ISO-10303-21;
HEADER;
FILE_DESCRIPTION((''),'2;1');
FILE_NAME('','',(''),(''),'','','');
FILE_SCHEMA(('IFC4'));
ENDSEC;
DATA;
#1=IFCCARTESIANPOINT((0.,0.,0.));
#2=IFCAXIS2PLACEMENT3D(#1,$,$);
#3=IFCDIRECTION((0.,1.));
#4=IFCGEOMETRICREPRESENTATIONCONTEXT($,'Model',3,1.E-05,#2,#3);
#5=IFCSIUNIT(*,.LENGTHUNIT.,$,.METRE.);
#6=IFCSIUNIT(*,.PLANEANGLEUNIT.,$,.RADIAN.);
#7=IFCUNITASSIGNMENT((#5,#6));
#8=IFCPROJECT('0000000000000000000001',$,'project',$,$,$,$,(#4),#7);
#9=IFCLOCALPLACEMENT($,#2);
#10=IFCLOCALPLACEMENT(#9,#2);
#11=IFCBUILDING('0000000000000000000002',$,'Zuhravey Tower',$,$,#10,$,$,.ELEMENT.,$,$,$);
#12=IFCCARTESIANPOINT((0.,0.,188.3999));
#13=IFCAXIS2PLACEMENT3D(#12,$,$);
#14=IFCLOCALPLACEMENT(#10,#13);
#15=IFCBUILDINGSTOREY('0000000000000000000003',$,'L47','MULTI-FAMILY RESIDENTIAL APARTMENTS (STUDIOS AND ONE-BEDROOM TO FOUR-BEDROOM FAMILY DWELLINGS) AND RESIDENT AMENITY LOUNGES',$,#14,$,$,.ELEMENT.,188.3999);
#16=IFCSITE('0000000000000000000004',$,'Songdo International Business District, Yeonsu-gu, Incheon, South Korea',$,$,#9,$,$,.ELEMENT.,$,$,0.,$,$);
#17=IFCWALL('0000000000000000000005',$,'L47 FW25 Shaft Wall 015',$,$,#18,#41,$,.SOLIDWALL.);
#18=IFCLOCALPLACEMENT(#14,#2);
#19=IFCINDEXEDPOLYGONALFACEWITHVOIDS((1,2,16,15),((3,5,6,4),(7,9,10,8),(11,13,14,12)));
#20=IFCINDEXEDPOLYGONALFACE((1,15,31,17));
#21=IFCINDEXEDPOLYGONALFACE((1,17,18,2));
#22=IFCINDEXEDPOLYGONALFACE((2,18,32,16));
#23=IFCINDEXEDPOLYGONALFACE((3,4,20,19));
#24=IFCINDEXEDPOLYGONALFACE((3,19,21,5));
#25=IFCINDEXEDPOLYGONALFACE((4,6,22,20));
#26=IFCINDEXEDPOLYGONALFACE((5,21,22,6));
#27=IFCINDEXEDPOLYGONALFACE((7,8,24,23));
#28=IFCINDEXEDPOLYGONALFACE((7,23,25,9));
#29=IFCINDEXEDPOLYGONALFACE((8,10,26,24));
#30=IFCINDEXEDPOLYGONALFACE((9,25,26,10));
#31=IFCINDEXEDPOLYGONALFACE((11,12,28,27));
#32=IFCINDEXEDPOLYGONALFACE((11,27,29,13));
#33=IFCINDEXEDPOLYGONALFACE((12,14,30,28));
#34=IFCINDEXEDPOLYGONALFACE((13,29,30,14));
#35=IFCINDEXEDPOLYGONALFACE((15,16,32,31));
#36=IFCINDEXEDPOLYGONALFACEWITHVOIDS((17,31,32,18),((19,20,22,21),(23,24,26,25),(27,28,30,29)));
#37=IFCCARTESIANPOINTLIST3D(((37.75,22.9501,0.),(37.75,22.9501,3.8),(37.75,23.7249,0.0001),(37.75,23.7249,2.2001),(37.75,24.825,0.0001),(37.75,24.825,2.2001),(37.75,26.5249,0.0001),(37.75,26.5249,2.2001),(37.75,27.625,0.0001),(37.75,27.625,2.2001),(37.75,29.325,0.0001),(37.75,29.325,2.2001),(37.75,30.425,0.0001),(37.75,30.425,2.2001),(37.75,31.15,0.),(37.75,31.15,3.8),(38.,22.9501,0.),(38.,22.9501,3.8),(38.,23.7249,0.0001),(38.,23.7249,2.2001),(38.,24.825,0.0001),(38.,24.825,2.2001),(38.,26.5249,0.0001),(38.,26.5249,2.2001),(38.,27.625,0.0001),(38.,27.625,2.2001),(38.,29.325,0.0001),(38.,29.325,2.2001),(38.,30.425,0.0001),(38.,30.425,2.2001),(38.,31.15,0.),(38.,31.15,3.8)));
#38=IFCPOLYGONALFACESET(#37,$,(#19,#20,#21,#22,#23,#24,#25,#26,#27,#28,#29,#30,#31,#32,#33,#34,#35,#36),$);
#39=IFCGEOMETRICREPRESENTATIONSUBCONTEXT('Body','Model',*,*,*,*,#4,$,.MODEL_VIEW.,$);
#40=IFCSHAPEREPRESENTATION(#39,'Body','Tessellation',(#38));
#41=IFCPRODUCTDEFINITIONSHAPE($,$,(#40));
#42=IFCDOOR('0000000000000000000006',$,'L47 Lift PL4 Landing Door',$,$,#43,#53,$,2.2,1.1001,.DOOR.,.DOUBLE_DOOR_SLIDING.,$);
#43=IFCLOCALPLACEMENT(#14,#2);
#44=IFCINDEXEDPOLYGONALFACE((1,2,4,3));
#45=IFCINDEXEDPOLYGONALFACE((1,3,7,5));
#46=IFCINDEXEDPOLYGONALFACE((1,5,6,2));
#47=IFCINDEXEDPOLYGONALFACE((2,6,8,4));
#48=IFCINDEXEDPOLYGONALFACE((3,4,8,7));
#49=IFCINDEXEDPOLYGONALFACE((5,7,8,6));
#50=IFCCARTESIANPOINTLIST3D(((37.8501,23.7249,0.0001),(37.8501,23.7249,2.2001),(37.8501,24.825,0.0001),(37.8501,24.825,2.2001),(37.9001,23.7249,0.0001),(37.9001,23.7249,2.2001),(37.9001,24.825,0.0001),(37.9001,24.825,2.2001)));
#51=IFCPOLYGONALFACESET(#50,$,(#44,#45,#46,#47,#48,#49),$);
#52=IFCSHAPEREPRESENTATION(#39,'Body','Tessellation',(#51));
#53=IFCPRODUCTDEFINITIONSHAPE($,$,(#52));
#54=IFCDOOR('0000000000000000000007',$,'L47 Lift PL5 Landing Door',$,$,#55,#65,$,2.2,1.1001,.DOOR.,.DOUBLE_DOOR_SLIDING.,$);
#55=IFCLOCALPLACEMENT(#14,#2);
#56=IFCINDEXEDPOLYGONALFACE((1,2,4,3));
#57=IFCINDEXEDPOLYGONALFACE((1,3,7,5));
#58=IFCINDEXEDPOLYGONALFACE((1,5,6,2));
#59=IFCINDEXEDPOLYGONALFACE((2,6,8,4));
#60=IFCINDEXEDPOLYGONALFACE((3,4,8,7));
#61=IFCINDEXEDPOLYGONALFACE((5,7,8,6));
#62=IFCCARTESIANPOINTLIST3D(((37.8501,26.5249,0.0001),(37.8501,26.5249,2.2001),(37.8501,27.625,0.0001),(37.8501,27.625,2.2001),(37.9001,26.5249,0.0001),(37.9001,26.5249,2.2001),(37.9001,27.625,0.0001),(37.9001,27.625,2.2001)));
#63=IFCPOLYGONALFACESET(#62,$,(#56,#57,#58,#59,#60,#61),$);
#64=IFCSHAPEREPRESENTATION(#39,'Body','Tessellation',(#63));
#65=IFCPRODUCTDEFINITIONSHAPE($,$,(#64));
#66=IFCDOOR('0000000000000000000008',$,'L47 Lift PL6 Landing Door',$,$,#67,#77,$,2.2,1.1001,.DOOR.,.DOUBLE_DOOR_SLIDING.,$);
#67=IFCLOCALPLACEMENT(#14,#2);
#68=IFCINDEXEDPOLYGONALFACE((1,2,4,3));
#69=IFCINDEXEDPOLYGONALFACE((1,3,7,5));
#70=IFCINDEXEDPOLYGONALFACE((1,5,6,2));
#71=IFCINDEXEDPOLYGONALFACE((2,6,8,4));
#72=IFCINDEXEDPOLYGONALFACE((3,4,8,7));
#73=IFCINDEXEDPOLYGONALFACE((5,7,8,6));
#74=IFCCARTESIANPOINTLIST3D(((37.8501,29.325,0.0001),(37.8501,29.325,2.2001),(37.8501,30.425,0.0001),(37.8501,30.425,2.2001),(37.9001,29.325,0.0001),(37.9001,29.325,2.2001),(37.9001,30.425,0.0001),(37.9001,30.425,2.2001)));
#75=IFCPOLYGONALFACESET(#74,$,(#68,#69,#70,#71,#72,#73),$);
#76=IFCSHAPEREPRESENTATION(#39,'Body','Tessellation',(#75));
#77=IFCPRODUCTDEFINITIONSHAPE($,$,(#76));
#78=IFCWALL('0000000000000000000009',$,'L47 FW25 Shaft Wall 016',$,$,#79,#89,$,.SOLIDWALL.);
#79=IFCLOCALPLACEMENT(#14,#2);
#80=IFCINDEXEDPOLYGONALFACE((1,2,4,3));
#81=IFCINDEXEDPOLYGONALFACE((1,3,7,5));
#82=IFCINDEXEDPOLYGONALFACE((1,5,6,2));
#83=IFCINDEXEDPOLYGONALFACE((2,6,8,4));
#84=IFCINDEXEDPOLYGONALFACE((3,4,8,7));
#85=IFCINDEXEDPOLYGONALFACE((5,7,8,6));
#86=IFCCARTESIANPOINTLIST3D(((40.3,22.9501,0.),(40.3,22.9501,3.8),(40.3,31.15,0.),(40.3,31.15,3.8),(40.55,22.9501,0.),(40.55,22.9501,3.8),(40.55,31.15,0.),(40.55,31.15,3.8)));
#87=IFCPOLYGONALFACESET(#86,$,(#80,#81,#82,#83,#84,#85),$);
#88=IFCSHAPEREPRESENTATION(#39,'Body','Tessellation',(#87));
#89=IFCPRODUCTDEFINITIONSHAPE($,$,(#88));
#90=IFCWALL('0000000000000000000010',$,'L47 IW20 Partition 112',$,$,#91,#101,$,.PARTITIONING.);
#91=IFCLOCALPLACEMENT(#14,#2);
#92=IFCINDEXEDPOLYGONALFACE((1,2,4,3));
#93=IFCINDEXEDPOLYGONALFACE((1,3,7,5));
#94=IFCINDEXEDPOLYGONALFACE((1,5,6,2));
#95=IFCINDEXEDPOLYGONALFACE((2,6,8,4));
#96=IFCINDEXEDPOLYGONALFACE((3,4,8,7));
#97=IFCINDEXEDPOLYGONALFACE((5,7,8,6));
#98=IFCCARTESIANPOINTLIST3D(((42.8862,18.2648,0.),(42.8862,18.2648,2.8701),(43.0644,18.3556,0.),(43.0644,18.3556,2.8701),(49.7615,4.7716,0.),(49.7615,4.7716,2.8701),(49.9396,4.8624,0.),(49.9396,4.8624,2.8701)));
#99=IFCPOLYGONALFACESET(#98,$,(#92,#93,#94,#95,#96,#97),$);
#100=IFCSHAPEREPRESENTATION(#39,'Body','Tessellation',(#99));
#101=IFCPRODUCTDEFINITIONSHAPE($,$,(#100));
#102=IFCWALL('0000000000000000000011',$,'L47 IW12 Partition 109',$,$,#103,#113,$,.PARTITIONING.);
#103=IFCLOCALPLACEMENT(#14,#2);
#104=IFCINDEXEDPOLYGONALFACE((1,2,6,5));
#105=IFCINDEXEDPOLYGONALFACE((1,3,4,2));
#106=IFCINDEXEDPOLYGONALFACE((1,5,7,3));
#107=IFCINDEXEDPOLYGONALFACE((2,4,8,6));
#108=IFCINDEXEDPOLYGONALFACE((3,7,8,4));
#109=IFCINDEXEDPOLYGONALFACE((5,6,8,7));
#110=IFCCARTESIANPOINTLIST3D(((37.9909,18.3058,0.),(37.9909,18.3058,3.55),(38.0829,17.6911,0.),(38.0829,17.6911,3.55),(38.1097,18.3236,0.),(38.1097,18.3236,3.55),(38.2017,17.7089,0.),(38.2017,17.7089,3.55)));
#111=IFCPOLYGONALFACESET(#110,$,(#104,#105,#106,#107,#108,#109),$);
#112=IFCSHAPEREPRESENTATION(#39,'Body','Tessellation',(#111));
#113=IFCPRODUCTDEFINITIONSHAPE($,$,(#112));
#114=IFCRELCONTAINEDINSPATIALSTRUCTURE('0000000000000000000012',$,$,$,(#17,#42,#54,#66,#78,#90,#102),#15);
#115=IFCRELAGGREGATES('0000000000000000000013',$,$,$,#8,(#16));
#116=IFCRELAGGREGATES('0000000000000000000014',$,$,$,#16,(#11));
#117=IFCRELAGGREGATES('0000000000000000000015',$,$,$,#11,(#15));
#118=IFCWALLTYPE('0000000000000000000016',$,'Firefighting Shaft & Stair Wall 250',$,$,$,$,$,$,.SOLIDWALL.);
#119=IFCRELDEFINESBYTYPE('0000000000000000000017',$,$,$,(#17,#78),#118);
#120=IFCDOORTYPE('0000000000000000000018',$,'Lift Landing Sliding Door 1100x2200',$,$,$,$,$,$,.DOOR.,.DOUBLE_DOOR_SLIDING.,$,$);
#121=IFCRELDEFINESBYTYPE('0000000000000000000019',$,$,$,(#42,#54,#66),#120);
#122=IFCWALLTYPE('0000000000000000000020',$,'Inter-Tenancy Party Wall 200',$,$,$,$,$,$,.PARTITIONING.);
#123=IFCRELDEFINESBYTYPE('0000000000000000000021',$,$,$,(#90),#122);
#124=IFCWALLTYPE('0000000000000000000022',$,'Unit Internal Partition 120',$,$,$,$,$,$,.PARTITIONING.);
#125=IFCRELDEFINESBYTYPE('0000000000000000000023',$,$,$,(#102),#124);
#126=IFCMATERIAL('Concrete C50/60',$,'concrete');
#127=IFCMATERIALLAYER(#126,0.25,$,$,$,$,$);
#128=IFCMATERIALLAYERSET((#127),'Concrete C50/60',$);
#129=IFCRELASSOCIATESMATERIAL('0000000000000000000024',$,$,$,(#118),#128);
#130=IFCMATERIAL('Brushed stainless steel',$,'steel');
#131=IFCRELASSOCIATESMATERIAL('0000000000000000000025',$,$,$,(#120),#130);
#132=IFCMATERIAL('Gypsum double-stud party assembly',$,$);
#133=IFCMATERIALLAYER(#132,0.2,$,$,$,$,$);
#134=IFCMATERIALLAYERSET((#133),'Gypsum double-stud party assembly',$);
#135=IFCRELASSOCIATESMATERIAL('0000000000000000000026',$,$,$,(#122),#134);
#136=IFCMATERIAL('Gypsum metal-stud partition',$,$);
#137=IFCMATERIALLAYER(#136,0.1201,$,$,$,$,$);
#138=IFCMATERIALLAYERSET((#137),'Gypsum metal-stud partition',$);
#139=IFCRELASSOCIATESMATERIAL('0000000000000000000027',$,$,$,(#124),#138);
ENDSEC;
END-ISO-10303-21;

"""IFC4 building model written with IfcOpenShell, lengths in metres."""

from ifc_helpers import new_model, si_unit, direction, frame, frame_2d, origin, place, context, subcontext, project, spatial, rectangle, extrude, material, layer, layer_set, type_object, element, fill, save


model = new_model("IFC4")

# Units and contexts
model_context = context("Model", 3, precision=1e-05, world=origin(), true_north=direction((0.0, 1.0)))
body_context = subcontext(model_context, "Body", "Model", "MODEL_VIEW")
ifc_project = project(units=[si_unit("LENGTHUNIT", "METRE"), si_unit("PLANEANGLEUNIT", "RADIAN")], contexts=[model_context])

# Site, building, storey
site_placement = place(None, origin())
site = spatial("IfcSite", under=ifc_project, at=site_placement, Name="Songdo International Business District, Yeonsu-gu, Incheon, South Korea", CompositionType="ELEMENT", RefElevation=0.0)
building_placement = place(site_placement, origin())
building = spatial("IfcBuilding", under=site, at=building_placement, Name="Zuhravey Tower", CompositionType="ELEMENT")
storey_placement = place(building_placement, frame((0.0, 0.0, 188.3999)))
storey = spatial("IfcBuildingStorey", under=building, at=storey_placement, Name="L47", Description="MULTI-FAMILY RESIDENTIAL APARTMENTS (STUDIOS AND ONE-BEDROOM TO FOUR-BEDROOM FAMILY DWELLINGS) AND RESIDENT AMENITY LOUNGES", CompositionType="ELEMENT", Elevation=188.3999)

# Shared definitions
ifc_material_1 = material(Name="Concrete C50/60", Category="concrete")
ifc_layer_1 = layer(ifc_material_1, 0.25)
ifc_layer_set_1 = layer_set([ifc_layer_1], Name="Concrete C50/60")
wall_type_1 = type_object("IfcWallType", Name="Firefighting Shaft & Stair Wall 250", PredefinedType="SOLIDWALL", material=ifc_layer_set_1)

# Wall, openings, doors
wall_1_placement = place(storey_placement, frame((37.875, 22.95, 0.0), z_axis=(0.0, 0.0, 1.0), x_axis=(0.0, 1.0, 0.0)))
wall_1 = element("IfcWall", 1, at=wall_1_placement, inside=storey, type_object=wall_type_1, Name="L47 FW25 Shaft Wall 015", PredefinedType="SOLIDWALL", context=body_context, shape_type="SweptSolid", body=[
    extrude(rectangle(XDim=8.2, YDim=0.25, at=frame_2d((4.1001, 0.0))), origin(), (0.0, 0.0, 1.0), 3.8),
])
opening_1_placement = place(wall_1_placement, frame((0.7749, 0.0, 0.0)))
opening_1 = element("IfcOpeningElement", 2, at=opening_1_placement, cuts=wall_1, PredefinedType="OPENING", context=body_context, shape_type="SweptSolid", body=[
    extrude(rectangle(XDim=1.1001, YDim=2.2, at=frame_2d((0.55, 1.1001))), frame((0.0, 0.137, 0.0), z_axis=(0.0, -1.0, 0.0), x_axis=(1.0, 0.0, 0.0)), (0.0, 0.0, 1.0), 0.2739),
])
opening_2_placement = place(wall_1_placement, frame((3.575, 0.0, 0.0)))
opening_2 = element("IfcOpeningElement", 3, at=opening_2_placement, cuts=wall_1, PredefinedType="OPENING", context=body_context, shape_type="SweptSolid", body=[
    extrude(rectangle(XDim=1.1001, YDim=2.2, at=frame_2d((0.55, 1.1001))), frame((0.0, 0.137, 0.0), z_axis=(0.0, -1.0, 0.0), x_axis=(1.0, 0.0, 0.0)), (0.0, 0.0, 1.0), 0.2739),
])
opening_3_placement = place(wall_1_placement, frame((6.375, 0.0, 0.0)))
opening_3 = element("IfcOpeningElement", 4, at=opening_3_placement, cuts=wall_1, PredefinedType="OPENING", context=body_context, shape_type="SweptSolid", body=[
    extrude(rectangle(XDim=1.1001, YDim=2.2, at=frame_2d((0.55, 1.1001))), frame((0.0, 0.137, 0.0), z_axis=(0.0, -1.0, 0.0), x_axis=(1.0, 0.0, 0.0)), (0.0, 0.0, 1.0), 0.2739),
])
ifc_material_2 = material(Name="Brushed stainless steel", Category="steel")
door_type_1 = type_object("IfcDoorType", Name="Lift Landing Sliding Door 1100x2200", OperationType="DOUBLE_DOOR_SLIDING", PredefinedType="DOOR", material=ifc_material_2)
door_1_placement = place(opening_1_placement, origin())
door_1 = element("IfcDoor", 5, at=door_1_placement, inside=storey, type_object=door_type_1, Name="L47 Lift PL4 Landing Door", OperationType="DOUBLE_DOOR_SLIDING", OverallHeight=2.2, OverallWidth=1.1001, PredefinedType="DOOR", context=body_context, shape_type="SweptSolid", body=[
    extrude(rectangle(XDim=1.1001, YDim=2.2, at=frame_2d((0.55, 1.1001))), frame((0.0, 0.0249, 0.0), z_axis=(0.0, -1.0, 0.0), x_axis=(1.0, 0.0, 0.0)), (0.0, 0.0, 1.0), 0.05),
])
fill(opening_1, door_1)
door_2_placement = place(opening_2_placement, origin())
door_2 = element("IfcDoor", 6, at=door_2_placement, inside=storey, type_object=door_type_1, Name="L47 Lift PL5 Landing Door", OperationType="DOUBLE_DOOR_SLIDING", OverallHeight=2.2, OverallWidth=1.1001, PredefinedType="DOOR", context=body_context, shape_type="SweptSolid", body=[
    extrude(rectangle(XDim=1.1001, YDim=2.2, at=frame_2d((0.55, 1.1001))), frame((0.0, 0.0249, 0.0), z_axis=(0.0, -1.0, 0.0), x_axis=(1.0, 0.0, 0.0)), (0.0, 0.0, 1.0), 0.05),
])
fill(opening_2, door_2)
door_3_placement = place(opening_3_placement, origin())
door_3 = element("IfcDoor", 7, at=door_3_placement, inside=storey, type_object=door_type_1, Name="L47 Lift PL6 Landing Door", OperationType="DOUBLE_DOOR_SLIDING", OverallHeight=2.2, OverallWidth=1.1001, PredefinedType="DOOR", context=body_context, shape_type="SweptSolid", body=[
    extrude(rectangle(XDim=1.1001, YDim=2.2, at=frame_2d((0.55, 1.1001))), frame((0.0, 0.0249, 0.0), z_axis=(0.0, -1.0, 0.0), x_axis=(1.0, 0.0, 0.0)), (0.0, 0.0, 1.0), 0.05),
])
fill(opening_3, door_3)

# Walls
wall_2_placement = place(storey_placement, frame((40.425, 22.95, 0.0), z_axis=(0.0, 0.0, 1.0), x_axis=(0.0, 1.0, 0.0)))
element("IfcWall", 8, at=wall_2_placement, inside=storey, type_object=wall_type_1, Name="L47 FW25 Shaft Wall 016", PredefinedType="SOLIDWALL", context=body_context, shape_type="SweptSolid", body=[
    extrude(rectangle(XDim=8.2, YDim=0.25, at=frame_2d((4.1001, 0.0))), origin(), (0.0, 0.0, 1.0), 3.8),
])
ifc_material_3 = material(Name="Gypsum double-stud party assembly")
ifc_layer_2 = layer(ifc_material_3, 0.2)
ifc_layer_set_2 = layer_set([ifc_layer_2], Name="Gypsum double-stud party assembly")
wall_type_2 = type_object("IfcWallType", Name="Inter-Tenancy Party Wall 200", PredefinedType="PARTITIONING", material=ifc_layer_set_2)
wall_3_placement = place(storey_placement, frame((42.9753, 18.3101, 0.0), z_axis=(0.0, 0.0, 1.0), x_axis=(0.453998, -0.891003, 0.0)))
element("IfcWall", 9, at=wall_3_placement, inside=storey, type_object=wall_type_2, Name="L47 IW20 Partition 112", PredefinedType="PARTITIONING", context=body_context, shape_type="SweptSolid", body=[
    extrude(rectangle(XDim=15.1438, YDim=0.2, at=frame_2d((7.5718, 0.0))), origin(), (0.0, 0.0, 1.0), 2.8701),
])
ifc_material_4 = material(Name="Gypsum metal-stud partition")
ifc_layer_3 = layer(ifc_material_4, 0.1201)
ifc_layer_set_3 = layer_set([ifc_layer_3], Name="Gypsum metal-stud partition")
wall_type_3 = type_object("IfcWallType", Name="Unit Internal Partition 120", PredefinedType="PARTITIONING", material=ifc_layer_set_3)
wall_4_placement = place(storey_placement, frame((38.0503, 18.3147, 0.0), z_axis=(0.0, 0.0, 1.0), x_axis=(0.148072, -0.988977, 0.0)))
element("IfcWall", 10, at=wall_4_placement, inside=storey, type_object=wall_type_3, Name="L47 IW12 Partition 109", PredefinedType="PARTITIONING", context=body_context, shape_type="SweptSolid", body=[
    extrude(rectangle(XDim=0.6216, YDim=0.1201, at=frame_2d((0.3108, 0.0))), origin(), (0.0, 0.0, 1.0), 3.55),
])

save(model, "model.ifc")
